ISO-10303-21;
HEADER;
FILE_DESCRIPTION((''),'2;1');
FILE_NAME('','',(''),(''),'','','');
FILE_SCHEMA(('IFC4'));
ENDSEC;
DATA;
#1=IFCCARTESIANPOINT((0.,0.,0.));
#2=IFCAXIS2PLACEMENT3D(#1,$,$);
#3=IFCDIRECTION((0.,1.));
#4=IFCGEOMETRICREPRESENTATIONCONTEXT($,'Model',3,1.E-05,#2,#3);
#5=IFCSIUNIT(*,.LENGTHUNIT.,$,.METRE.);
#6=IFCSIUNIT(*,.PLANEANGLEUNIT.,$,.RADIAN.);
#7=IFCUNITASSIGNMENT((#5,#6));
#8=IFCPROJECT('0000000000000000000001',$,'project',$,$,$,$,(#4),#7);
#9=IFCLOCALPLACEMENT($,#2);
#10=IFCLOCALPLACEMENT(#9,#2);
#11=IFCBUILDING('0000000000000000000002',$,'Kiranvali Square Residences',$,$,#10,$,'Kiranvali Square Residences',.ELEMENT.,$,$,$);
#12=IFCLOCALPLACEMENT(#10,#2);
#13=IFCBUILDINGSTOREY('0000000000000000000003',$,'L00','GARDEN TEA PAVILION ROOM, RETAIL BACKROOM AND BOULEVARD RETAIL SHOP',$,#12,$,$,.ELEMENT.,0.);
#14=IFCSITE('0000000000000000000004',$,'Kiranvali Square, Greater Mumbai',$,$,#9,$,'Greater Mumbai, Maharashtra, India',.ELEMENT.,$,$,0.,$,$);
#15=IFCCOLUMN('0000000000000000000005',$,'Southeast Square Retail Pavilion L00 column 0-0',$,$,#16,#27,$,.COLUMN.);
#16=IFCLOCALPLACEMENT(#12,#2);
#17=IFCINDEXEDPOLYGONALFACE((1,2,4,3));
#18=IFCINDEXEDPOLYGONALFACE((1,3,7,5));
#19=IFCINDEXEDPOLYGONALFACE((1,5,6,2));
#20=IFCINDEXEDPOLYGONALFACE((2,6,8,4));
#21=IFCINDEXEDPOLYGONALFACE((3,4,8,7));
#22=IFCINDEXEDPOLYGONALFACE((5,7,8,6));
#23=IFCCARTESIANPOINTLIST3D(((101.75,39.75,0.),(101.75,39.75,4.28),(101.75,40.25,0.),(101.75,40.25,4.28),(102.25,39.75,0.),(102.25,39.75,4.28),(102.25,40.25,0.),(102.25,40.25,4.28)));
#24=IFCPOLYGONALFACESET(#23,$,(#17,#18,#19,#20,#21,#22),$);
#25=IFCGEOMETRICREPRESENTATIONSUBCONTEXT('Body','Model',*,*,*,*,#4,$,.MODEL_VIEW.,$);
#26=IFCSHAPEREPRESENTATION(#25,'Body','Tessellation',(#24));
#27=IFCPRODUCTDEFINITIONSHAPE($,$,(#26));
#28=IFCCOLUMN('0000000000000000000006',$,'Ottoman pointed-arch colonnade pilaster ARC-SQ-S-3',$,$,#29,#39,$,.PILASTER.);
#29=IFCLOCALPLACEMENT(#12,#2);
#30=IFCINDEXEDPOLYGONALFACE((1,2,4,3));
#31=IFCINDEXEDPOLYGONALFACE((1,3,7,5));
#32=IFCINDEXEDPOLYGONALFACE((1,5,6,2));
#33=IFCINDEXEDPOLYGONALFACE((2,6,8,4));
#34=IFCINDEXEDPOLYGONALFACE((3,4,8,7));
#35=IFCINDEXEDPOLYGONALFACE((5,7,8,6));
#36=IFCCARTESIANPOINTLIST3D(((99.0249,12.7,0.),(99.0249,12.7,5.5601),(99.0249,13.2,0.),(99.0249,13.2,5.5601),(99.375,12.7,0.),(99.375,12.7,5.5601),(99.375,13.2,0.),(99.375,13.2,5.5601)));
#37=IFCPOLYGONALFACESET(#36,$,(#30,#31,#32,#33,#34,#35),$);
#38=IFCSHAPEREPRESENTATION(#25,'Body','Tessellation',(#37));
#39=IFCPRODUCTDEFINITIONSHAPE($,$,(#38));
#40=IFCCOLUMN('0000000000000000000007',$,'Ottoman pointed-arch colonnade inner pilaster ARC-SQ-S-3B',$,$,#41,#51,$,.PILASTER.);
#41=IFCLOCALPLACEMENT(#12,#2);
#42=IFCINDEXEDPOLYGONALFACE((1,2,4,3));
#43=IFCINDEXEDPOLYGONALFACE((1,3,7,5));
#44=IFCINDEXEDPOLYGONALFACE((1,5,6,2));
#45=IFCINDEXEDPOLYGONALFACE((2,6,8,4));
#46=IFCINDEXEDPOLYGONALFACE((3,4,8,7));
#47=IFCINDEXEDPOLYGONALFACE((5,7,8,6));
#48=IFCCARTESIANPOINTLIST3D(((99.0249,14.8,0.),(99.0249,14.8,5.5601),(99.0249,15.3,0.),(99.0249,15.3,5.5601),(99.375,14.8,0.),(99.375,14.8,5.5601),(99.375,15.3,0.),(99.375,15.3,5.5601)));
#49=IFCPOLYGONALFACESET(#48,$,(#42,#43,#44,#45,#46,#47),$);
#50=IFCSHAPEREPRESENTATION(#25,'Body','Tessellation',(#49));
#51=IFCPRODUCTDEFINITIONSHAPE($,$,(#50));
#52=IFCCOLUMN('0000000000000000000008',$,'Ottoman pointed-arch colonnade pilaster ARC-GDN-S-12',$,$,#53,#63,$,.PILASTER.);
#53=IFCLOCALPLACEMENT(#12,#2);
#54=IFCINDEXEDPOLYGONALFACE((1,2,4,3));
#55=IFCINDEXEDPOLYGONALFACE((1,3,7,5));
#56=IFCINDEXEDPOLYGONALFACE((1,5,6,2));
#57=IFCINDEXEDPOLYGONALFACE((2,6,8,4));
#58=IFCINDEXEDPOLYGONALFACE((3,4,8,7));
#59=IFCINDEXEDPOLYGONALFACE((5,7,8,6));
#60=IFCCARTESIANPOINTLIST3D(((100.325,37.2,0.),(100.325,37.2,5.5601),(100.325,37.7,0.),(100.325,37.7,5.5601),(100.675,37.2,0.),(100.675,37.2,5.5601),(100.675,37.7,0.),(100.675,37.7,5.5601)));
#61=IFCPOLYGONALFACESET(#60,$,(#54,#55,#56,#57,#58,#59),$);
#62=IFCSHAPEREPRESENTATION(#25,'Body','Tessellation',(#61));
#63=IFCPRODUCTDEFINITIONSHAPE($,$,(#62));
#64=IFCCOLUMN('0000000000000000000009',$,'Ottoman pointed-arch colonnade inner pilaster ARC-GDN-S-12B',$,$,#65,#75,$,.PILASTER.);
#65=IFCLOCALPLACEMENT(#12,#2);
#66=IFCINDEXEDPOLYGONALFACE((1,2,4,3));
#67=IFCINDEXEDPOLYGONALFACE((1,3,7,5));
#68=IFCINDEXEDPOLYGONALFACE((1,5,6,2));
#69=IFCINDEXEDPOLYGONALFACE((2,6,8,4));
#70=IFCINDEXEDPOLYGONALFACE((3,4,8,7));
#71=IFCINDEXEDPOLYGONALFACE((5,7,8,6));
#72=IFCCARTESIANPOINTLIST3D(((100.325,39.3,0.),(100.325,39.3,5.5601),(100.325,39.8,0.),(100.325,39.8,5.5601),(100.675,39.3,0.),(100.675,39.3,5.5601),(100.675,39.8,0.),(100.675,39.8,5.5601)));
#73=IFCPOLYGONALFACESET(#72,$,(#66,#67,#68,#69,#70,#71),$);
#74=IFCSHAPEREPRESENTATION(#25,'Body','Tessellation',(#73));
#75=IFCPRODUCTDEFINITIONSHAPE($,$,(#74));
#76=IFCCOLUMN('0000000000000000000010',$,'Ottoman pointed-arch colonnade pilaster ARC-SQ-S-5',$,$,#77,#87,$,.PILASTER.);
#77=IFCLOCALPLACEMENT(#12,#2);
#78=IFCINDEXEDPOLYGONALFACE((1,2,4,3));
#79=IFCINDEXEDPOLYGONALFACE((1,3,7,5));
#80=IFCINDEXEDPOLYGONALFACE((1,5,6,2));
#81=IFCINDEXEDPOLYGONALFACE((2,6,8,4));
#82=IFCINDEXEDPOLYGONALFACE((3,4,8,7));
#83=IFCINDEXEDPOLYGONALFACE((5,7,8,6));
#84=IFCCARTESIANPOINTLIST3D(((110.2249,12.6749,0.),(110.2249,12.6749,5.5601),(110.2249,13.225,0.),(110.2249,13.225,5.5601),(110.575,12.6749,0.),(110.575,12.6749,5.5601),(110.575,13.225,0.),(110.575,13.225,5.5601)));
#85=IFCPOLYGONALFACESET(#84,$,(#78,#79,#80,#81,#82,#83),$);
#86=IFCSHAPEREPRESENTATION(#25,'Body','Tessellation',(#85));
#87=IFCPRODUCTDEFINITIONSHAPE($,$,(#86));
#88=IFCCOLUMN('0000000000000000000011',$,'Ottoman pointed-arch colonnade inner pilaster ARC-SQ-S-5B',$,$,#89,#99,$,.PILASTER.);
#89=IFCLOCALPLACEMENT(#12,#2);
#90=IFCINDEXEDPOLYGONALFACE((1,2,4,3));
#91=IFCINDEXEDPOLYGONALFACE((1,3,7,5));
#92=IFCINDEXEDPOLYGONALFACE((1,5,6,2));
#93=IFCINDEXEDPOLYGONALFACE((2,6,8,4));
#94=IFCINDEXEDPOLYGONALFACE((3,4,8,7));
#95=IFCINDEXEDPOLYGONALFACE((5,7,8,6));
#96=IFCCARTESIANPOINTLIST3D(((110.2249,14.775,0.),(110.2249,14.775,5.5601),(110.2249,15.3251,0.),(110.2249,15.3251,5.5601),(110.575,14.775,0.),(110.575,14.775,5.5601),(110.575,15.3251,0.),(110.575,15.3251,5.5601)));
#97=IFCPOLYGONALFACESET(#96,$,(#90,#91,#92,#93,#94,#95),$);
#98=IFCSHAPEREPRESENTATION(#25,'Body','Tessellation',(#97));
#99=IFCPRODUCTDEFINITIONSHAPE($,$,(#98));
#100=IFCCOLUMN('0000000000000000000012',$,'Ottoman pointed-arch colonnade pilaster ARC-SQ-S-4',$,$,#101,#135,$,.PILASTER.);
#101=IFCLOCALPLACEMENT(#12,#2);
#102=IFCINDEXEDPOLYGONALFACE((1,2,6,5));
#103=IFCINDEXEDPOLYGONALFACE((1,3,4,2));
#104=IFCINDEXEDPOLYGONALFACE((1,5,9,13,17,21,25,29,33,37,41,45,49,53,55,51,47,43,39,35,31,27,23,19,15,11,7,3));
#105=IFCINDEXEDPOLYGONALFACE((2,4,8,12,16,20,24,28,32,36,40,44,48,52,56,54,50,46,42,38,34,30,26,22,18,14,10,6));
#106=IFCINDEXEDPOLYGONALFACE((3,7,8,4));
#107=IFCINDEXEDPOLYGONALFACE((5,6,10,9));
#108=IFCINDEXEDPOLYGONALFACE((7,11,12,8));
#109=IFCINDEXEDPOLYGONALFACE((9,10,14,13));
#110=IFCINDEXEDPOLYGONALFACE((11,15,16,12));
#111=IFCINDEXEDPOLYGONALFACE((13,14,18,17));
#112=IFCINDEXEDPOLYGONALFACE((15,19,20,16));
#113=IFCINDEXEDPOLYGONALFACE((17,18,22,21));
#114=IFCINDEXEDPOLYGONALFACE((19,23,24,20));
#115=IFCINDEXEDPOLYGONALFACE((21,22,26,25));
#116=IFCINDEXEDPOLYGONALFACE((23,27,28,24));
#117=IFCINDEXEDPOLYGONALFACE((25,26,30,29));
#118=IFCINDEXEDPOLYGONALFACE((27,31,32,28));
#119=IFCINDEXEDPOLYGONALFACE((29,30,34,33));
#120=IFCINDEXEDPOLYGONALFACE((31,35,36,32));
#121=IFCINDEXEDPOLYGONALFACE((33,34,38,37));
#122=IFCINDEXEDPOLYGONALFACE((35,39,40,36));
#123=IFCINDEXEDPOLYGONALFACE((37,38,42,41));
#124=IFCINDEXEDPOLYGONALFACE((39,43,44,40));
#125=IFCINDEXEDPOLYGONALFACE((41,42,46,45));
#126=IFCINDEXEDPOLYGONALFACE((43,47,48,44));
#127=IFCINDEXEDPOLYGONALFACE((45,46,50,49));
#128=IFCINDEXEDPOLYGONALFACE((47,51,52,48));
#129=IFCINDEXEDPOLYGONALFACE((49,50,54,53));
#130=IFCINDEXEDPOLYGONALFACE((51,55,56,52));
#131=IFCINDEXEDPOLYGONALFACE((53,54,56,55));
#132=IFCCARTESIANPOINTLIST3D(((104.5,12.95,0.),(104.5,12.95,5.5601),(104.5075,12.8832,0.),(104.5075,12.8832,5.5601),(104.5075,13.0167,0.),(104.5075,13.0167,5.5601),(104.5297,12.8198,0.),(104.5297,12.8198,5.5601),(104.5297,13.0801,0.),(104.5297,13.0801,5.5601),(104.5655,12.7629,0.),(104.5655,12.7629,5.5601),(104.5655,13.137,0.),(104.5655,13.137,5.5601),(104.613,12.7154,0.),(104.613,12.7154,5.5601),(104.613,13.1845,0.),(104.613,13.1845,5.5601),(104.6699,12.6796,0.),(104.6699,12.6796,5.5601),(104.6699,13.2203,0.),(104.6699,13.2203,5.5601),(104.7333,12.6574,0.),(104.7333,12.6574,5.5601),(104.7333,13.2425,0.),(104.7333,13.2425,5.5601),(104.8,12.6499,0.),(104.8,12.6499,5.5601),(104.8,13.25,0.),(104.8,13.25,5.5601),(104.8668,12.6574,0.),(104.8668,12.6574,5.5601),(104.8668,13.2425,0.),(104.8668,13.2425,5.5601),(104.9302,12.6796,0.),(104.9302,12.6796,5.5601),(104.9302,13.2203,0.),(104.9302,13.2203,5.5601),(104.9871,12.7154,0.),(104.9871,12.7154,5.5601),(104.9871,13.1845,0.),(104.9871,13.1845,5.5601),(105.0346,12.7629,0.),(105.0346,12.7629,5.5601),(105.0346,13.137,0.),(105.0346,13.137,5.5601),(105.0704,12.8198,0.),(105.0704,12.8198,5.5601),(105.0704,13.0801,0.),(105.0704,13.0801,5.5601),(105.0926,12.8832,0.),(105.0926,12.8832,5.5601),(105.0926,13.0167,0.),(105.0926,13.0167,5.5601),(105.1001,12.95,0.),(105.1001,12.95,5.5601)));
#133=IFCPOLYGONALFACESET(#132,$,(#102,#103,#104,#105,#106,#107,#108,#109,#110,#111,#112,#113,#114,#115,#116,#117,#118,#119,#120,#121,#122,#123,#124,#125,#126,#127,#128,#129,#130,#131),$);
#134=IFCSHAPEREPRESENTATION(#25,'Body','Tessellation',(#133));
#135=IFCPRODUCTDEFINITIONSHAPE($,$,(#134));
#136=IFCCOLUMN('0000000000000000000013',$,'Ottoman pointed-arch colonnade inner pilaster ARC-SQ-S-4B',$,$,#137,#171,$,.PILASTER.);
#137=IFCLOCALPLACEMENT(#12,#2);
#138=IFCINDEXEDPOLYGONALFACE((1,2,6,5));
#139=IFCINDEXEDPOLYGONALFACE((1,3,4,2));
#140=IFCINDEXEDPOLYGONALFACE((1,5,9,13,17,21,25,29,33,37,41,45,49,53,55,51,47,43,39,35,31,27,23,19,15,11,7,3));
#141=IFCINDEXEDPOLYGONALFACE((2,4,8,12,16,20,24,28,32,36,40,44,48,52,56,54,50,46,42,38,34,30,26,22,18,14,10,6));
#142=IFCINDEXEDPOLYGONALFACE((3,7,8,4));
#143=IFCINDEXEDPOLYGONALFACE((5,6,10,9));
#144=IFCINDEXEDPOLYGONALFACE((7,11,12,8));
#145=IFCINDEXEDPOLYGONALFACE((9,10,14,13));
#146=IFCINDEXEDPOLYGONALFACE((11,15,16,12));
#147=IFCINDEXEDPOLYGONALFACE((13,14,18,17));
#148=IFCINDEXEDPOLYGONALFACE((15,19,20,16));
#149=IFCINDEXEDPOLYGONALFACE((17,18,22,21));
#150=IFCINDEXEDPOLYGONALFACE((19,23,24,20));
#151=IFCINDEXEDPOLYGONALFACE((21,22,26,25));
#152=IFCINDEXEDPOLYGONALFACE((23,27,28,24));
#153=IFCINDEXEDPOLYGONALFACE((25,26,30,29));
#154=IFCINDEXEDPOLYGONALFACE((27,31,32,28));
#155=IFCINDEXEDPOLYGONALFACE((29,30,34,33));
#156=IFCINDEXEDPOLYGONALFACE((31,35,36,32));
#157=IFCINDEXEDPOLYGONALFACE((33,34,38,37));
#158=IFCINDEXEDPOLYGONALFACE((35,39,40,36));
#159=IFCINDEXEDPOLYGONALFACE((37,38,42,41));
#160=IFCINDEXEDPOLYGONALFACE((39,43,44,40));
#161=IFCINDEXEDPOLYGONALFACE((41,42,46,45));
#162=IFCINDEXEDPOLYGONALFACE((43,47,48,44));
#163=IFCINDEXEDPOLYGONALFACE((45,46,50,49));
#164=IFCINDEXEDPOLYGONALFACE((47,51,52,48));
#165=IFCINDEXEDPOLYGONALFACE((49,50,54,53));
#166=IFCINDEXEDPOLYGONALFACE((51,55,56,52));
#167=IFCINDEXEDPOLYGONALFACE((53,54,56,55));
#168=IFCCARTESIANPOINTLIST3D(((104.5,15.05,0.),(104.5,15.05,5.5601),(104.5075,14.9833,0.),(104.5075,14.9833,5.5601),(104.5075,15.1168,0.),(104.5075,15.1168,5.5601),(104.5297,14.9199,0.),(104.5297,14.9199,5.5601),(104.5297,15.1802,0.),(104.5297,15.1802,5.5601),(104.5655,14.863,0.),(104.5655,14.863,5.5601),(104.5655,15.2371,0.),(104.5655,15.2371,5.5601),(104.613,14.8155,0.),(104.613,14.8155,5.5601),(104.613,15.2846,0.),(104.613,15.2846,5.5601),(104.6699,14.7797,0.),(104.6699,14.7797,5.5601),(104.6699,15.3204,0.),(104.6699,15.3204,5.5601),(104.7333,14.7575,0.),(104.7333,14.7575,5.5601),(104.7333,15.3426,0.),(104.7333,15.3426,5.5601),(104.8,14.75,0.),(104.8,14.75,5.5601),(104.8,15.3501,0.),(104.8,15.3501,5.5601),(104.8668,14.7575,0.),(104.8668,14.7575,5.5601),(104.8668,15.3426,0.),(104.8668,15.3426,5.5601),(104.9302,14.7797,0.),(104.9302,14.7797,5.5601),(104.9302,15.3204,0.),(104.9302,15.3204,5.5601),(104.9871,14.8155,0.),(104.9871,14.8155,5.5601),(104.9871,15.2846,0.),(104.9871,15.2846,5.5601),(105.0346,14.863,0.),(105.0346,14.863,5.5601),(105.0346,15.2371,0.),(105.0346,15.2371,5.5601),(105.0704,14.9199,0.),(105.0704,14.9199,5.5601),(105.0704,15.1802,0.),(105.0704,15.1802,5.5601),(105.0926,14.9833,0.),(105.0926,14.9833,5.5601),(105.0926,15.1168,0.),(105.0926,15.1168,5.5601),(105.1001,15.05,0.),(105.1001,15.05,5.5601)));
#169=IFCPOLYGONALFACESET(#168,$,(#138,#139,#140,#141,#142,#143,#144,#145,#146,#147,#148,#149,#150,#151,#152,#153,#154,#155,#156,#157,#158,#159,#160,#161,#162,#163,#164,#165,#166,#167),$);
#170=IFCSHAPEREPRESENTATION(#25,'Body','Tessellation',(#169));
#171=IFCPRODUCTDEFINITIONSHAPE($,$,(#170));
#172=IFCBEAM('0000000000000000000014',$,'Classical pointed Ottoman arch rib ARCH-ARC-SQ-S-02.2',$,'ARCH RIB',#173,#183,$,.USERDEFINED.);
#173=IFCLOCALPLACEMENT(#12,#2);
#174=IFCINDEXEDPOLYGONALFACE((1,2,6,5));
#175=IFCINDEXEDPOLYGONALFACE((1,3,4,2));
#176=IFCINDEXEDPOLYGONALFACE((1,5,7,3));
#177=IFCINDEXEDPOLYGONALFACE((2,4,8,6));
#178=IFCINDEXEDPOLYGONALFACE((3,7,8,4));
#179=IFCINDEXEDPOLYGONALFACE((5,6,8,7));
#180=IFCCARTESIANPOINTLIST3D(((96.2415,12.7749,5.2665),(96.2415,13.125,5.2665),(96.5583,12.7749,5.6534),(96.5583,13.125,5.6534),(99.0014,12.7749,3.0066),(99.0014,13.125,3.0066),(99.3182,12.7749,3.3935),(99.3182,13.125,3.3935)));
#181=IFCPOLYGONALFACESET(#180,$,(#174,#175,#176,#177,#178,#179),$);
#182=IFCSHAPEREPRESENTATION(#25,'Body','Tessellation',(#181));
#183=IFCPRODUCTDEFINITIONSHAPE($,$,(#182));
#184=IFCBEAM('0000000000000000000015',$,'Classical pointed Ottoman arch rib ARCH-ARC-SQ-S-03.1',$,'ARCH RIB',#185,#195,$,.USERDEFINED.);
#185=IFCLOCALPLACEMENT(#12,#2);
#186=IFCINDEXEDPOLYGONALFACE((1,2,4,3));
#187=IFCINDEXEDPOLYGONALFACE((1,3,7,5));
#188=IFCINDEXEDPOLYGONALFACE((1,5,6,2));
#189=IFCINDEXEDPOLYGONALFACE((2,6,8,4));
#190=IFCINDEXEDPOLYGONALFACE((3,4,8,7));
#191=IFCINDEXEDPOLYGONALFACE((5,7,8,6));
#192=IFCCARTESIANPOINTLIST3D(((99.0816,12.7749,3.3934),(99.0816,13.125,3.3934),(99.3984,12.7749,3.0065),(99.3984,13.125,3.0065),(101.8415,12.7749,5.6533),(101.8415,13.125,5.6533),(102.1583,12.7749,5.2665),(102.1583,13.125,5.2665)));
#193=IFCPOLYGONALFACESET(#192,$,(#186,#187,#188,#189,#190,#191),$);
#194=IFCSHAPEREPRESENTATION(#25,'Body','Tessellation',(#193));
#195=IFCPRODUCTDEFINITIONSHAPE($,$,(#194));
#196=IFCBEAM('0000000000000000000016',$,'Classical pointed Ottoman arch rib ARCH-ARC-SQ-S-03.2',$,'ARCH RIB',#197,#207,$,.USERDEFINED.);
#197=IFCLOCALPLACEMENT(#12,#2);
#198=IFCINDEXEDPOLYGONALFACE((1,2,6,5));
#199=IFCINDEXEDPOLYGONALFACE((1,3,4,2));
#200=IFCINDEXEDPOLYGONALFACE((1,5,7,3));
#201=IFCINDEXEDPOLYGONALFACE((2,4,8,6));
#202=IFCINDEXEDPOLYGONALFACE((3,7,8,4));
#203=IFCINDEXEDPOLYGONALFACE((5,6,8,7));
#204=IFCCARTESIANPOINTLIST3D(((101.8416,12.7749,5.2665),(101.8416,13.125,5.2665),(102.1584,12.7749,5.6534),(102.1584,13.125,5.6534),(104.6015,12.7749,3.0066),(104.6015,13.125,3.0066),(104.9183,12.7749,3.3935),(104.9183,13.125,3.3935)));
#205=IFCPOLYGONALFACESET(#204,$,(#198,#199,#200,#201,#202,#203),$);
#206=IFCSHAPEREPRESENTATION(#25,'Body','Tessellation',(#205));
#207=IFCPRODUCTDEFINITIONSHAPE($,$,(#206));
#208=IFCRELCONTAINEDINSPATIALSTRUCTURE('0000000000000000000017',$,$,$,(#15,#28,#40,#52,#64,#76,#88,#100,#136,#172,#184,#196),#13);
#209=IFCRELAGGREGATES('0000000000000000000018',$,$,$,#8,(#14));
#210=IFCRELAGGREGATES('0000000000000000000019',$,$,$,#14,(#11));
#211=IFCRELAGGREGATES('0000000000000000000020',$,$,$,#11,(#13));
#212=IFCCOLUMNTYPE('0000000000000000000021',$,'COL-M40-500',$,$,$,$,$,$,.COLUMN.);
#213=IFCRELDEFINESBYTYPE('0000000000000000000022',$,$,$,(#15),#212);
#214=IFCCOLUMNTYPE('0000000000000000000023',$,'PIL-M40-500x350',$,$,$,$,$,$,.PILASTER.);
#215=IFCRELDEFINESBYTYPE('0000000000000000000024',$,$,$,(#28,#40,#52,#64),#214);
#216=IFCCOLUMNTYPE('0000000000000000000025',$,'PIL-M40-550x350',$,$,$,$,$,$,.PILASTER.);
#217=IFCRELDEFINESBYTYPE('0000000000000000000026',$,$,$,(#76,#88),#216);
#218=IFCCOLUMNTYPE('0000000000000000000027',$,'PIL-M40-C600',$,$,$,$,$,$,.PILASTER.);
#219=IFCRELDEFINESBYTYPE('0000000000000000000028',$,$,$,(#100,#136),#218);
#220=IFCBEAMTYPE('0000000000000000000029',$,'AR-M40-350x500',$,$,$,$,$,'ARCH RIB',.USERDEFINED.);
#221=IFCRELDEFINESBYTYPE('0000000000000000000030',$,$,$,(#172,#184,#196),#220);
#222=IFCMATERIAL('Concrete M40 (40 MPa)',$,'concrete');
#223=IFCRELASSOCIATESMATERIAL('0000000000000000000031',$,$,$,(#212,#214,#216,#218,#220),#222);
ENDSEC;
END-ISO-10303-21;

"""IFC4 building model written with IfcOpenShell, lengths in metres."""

from ifc_helpers import new_model, si_unit, direction, frame, origin, origin_2d, place, context, subcontext, project, spatial, rectangle, circle, extrude, material, material_profile, profile_set, type_object, element, save


model = new_model("IFC4")

# Units and contexts
model_context = context("Model", 3, precision=1e-05, world=origin(), true_north=direction((0.0, 1.0)))
body_context = subcontext(model_context, "Body", "Model", "MODEL_VIEW")
ifc_project = project(units=[si_unit("LENGTHUNIT", "METRE"), si_unit("PLANEANGLEUNIT", "RADIAN")], contexts=[model_context])

# Site, building, storey
site_placement = place(None, origin())
site = spatial("IfcSite", under=ifc_project, at=site_placement, Name="Kiranvali Square, Greater Mumbai", LongName="Greater Mumbai, Maharashtra, India", CompositionType="ELEMENT", RefElevation=0.0)
building_placement = place(site_placement, origin())
building = spatial("IfcBuilding", under=site, at=building_placement, Name="Kiranvali Square Residences", LongName="Kiranvali Square Residences", CompositionType="ELEMENT")
storey_placement = place(building_placement, origin())
storey = spatial("IfcBuildingStorey", under=building, at=storey_placement, Name="L00", Description="GARDEN TEA PAVILION ROOM, RETAIL BACKROOM AND BOULEVARD RETAIL SHOP", CompositionType="ELEMENT", Elevation=0.0)

# Columns
ifc_material_1 = material(Name="Concrete M40 (40 MPa)", Category="concrete")
ifc_material_profile_1 = material_profile(ifc_material_1, rectangle(XDim=0.5, YDim=0.5, at=origin_2d()), Name="RC 500x500")
ifc_profile_set_1 = profile_set([ifc_material_profile_1], Name="Concrete M40 (40 MPa)")
column_type_1 = type_object("IfcColumnType", Name="COL-M40-500", PredefinedType="COLUMN", material=ifc_profile_set_1)
column_placement = place(storey_placement, frame((102.0, 40.0, 0.0), z_axis=(0.0, 0.0, 1.0), x_axis=(1.0, 0.0, 0.0)))
element("IfcColumn", 1, at=column_placement, inside=storey, type_object=column_type_1, Name="Southeast Square Retail Pavilion L00 column 0-0", PredefinedType="COLUMN", context=body_context, shape_type="SweptSolid", body=[
    extrude(rectangle(XDim=0.5, YDim=0.5, at=origin_2d()), origin(), (0.0, 0.0, 1.0), 4.28),
])
ifc_material_profile_2 = material_profile(ifc_material_1, rectangle(XDim=0.3501, YDim=0.5, at=origin_2d()), Name="RC 500x350")
ifc_profile_set_2 = profile_set([ifc_material_profile_2], Name="Concrete M40 (40 MPa)")
column_type_2 = type_object("IfcColumnType", Name="PIL-M40-500x350", PredefinedType="PILASTER", material=ifc_profile_set_2)
for number, where, z_axis, x_axis, name in (
    (2, (99.2, 12.95, 0.0), (0.0, 0.0, 1.0), (1.0, 0.0, 0.0), "Ottoman pointed-arch colonnade pilaster ARC-SQ-S-3"),
    (3, (99.2, 15.05, 0.0), (0.0, 0.0, 1.0), (1.0, 0.0, 0.0), "Ottoman pointed-arch colonnade inner pilaster ARC-SQ-S-3B"),
    (4, (100.5, 37.45, 0.0), (0.0, 0.0, 1.0), (1.0, 0.0, 0.0), "Ottoman pointed-arch colonnade pilaster ARC-GDN-S-12"),
    (5, (100.5, 39.55, 0.0), (0.0, 0.0, 1.0), (1.0, 0.0, 0.0), "Ottoman pointed-arch colonnade inner pilaster ARC-GDN-S-12B"),
):
    element("IfcColumn", number, at=place(storey_placement, frame(where, z_axis=z_axis, x_axis=x_axis)), inside=storey, type_object=column_type_2, Name=name, PredefinedType="PILASTER", context=body_context, shape_type="SweptSolid", body=[
        extrude(rectangle(XDim=0.3501, YDim=0.5, at=origin_2d()), origin(), (0.0, 0.0, 1.0), 5.5601),
    ])
ifc_material_profile_3 = material_profile(ifc_material_1, rectangle(XDim=0.3501, YDim=0.55, at=origin_2d()), Name="RC 550x350")
ifc_profile_set_3 = profile_set([ifc_material_profile_3], Name="Concrete M40 (40 MPa)")
column_type_3 = type_object("IfcColumnType", Name="PIL-M40-550x350", PredefinedType="PILASTER", material=ifc_profile_set_3)
for number, where, z_axis, x_axis, name in (
    (6, (110.3999, 12.95, 0.0), (0.0, 0.0, 1.0), (1.0, 0.0, 0.0), "Ottoman pointed-arch colonnade pilaster ARC-SQ-S-5"),
    (7, (110.3999, 15.05, 0.0), (0.0, 0.0, 1.0), (1.0, 0.0, 0.0), "Ottoman pointed-arch colonnade inner pilaster ARC-SQ-S-5B"),
):
    element("IfcColumn", number, at=place(storey_placement, frame(where, z_axis=z_axis, x_axis=x_axis)), inside=storey, type_object=column_type_3, Name=name, PredefinedType="PILASTER", context=body_context, shape_type="SweptSolid", body=[
        extrude(rectangle(XDim=0.3501, YDim=0.55, at=origin_2d()), origin(), (0.0, 0.0, 1.0), 5.5601),
    ])
ifc_material_profile_4 = material_profile(ifc_material_1, circle(Radius=0.3, at=origin_2d()), Name="RC-CIRC 600")
ifc_profile_set_4 = profile_set([ifc_material_profile_4], Name="Concrete M40 (40 MPa)")
column_type_4 = type_object("IfcColumnType", Name="PIL-M40-C600", PredefinedType="PILASTER", material=ifc_profile_set_4)
for number, where, z_axis, x_axis, name in (
    (8, (104.8, 12.95, 0.0), (0.0, 0.0, 1.0), (1.0, 0.0, 0.0), "Ottoman pointed-arch colonnade pilaster ARC-SQ-S-4"),
    (9, (104.8, 15.05, 0.0), (0.0, 0.0, 1.0), (1.0, 0.0, 0.0), "Ottoman pointed-arch colonnade inner pilaster ARC-SQ-S-4B"),
):
    element("IfcColumn", number, at=place(storey_placement, frame(where, z_axis=z_axis, x_axis=x_axis)), inside=storey, type_object=column_type_4, Name=name, PredefinedType="PILASTER", context=body_context, shape_type="SweptSolid", body=[
        extrude(circle(Radius=0.3, at=origin_2d()), origin(), (0.0, 0.0, 1.0), 5.5601),
    ])

# Beams
ifc_material_profile_5 = material_profile(ifc_material_1, rectangle(XDim=0.3501, YDim=0.5, at=origin_2d()), Name="RC 350x500")
ifc_profile_set_5 = profile_set([ifc_material_profile_5], Name="Concrete M40 (40 MPa)")
beam_type_1 = type_object("IfcBeamType", Name="AR-M40-350x500", ElementType="ARCH RIB", PredefinedType="USERDEFINED", material=ifc_profile_set_5)
for number, where, z_axis, x_axis, name in (
    (10, (96.3999, 12.95, 5.46), (0.773707, 0.0, -0.633543), (0.0, 1.0, 0.0), "Classical pointed Ottoman arch rib ARCH-ARC-SQ-S-02.2"),
    (11, (99.24, 12.95, 3.2), (0.773707, 0.0, 0.633543), (0.0, 1.0, 0.0), "Classical pointed Ottoman arch rib ARCH-ARC-SQ-S-03.1"),
    (12, (102.0, 12.95, 5.46), (0.773707, 0.0, -0.633543), (0.0, 1.0, 0.0), "Classical pointed Ottoman arch rib ARCH-ARC-SQ-S-03.2"),
):
    element("IfcBeam", number, at=place(storey_placement, frame(where, z_axis=z_axis, x_axis=x_axis)), inside=storey, type_object=beam_type_1, Name=name, ObjectType="ARCH RIB", PredefinedType="USERDEFINED", context=body_context, shape_type="SweptSolid", body=[
        extrude(rectangle(XDim=0.3501, YDim=0.5, at=origin_2d()), origin(), (0.0, 0.0, 1.0), 3.5671),
    ])

save(model, "model.ifc")
